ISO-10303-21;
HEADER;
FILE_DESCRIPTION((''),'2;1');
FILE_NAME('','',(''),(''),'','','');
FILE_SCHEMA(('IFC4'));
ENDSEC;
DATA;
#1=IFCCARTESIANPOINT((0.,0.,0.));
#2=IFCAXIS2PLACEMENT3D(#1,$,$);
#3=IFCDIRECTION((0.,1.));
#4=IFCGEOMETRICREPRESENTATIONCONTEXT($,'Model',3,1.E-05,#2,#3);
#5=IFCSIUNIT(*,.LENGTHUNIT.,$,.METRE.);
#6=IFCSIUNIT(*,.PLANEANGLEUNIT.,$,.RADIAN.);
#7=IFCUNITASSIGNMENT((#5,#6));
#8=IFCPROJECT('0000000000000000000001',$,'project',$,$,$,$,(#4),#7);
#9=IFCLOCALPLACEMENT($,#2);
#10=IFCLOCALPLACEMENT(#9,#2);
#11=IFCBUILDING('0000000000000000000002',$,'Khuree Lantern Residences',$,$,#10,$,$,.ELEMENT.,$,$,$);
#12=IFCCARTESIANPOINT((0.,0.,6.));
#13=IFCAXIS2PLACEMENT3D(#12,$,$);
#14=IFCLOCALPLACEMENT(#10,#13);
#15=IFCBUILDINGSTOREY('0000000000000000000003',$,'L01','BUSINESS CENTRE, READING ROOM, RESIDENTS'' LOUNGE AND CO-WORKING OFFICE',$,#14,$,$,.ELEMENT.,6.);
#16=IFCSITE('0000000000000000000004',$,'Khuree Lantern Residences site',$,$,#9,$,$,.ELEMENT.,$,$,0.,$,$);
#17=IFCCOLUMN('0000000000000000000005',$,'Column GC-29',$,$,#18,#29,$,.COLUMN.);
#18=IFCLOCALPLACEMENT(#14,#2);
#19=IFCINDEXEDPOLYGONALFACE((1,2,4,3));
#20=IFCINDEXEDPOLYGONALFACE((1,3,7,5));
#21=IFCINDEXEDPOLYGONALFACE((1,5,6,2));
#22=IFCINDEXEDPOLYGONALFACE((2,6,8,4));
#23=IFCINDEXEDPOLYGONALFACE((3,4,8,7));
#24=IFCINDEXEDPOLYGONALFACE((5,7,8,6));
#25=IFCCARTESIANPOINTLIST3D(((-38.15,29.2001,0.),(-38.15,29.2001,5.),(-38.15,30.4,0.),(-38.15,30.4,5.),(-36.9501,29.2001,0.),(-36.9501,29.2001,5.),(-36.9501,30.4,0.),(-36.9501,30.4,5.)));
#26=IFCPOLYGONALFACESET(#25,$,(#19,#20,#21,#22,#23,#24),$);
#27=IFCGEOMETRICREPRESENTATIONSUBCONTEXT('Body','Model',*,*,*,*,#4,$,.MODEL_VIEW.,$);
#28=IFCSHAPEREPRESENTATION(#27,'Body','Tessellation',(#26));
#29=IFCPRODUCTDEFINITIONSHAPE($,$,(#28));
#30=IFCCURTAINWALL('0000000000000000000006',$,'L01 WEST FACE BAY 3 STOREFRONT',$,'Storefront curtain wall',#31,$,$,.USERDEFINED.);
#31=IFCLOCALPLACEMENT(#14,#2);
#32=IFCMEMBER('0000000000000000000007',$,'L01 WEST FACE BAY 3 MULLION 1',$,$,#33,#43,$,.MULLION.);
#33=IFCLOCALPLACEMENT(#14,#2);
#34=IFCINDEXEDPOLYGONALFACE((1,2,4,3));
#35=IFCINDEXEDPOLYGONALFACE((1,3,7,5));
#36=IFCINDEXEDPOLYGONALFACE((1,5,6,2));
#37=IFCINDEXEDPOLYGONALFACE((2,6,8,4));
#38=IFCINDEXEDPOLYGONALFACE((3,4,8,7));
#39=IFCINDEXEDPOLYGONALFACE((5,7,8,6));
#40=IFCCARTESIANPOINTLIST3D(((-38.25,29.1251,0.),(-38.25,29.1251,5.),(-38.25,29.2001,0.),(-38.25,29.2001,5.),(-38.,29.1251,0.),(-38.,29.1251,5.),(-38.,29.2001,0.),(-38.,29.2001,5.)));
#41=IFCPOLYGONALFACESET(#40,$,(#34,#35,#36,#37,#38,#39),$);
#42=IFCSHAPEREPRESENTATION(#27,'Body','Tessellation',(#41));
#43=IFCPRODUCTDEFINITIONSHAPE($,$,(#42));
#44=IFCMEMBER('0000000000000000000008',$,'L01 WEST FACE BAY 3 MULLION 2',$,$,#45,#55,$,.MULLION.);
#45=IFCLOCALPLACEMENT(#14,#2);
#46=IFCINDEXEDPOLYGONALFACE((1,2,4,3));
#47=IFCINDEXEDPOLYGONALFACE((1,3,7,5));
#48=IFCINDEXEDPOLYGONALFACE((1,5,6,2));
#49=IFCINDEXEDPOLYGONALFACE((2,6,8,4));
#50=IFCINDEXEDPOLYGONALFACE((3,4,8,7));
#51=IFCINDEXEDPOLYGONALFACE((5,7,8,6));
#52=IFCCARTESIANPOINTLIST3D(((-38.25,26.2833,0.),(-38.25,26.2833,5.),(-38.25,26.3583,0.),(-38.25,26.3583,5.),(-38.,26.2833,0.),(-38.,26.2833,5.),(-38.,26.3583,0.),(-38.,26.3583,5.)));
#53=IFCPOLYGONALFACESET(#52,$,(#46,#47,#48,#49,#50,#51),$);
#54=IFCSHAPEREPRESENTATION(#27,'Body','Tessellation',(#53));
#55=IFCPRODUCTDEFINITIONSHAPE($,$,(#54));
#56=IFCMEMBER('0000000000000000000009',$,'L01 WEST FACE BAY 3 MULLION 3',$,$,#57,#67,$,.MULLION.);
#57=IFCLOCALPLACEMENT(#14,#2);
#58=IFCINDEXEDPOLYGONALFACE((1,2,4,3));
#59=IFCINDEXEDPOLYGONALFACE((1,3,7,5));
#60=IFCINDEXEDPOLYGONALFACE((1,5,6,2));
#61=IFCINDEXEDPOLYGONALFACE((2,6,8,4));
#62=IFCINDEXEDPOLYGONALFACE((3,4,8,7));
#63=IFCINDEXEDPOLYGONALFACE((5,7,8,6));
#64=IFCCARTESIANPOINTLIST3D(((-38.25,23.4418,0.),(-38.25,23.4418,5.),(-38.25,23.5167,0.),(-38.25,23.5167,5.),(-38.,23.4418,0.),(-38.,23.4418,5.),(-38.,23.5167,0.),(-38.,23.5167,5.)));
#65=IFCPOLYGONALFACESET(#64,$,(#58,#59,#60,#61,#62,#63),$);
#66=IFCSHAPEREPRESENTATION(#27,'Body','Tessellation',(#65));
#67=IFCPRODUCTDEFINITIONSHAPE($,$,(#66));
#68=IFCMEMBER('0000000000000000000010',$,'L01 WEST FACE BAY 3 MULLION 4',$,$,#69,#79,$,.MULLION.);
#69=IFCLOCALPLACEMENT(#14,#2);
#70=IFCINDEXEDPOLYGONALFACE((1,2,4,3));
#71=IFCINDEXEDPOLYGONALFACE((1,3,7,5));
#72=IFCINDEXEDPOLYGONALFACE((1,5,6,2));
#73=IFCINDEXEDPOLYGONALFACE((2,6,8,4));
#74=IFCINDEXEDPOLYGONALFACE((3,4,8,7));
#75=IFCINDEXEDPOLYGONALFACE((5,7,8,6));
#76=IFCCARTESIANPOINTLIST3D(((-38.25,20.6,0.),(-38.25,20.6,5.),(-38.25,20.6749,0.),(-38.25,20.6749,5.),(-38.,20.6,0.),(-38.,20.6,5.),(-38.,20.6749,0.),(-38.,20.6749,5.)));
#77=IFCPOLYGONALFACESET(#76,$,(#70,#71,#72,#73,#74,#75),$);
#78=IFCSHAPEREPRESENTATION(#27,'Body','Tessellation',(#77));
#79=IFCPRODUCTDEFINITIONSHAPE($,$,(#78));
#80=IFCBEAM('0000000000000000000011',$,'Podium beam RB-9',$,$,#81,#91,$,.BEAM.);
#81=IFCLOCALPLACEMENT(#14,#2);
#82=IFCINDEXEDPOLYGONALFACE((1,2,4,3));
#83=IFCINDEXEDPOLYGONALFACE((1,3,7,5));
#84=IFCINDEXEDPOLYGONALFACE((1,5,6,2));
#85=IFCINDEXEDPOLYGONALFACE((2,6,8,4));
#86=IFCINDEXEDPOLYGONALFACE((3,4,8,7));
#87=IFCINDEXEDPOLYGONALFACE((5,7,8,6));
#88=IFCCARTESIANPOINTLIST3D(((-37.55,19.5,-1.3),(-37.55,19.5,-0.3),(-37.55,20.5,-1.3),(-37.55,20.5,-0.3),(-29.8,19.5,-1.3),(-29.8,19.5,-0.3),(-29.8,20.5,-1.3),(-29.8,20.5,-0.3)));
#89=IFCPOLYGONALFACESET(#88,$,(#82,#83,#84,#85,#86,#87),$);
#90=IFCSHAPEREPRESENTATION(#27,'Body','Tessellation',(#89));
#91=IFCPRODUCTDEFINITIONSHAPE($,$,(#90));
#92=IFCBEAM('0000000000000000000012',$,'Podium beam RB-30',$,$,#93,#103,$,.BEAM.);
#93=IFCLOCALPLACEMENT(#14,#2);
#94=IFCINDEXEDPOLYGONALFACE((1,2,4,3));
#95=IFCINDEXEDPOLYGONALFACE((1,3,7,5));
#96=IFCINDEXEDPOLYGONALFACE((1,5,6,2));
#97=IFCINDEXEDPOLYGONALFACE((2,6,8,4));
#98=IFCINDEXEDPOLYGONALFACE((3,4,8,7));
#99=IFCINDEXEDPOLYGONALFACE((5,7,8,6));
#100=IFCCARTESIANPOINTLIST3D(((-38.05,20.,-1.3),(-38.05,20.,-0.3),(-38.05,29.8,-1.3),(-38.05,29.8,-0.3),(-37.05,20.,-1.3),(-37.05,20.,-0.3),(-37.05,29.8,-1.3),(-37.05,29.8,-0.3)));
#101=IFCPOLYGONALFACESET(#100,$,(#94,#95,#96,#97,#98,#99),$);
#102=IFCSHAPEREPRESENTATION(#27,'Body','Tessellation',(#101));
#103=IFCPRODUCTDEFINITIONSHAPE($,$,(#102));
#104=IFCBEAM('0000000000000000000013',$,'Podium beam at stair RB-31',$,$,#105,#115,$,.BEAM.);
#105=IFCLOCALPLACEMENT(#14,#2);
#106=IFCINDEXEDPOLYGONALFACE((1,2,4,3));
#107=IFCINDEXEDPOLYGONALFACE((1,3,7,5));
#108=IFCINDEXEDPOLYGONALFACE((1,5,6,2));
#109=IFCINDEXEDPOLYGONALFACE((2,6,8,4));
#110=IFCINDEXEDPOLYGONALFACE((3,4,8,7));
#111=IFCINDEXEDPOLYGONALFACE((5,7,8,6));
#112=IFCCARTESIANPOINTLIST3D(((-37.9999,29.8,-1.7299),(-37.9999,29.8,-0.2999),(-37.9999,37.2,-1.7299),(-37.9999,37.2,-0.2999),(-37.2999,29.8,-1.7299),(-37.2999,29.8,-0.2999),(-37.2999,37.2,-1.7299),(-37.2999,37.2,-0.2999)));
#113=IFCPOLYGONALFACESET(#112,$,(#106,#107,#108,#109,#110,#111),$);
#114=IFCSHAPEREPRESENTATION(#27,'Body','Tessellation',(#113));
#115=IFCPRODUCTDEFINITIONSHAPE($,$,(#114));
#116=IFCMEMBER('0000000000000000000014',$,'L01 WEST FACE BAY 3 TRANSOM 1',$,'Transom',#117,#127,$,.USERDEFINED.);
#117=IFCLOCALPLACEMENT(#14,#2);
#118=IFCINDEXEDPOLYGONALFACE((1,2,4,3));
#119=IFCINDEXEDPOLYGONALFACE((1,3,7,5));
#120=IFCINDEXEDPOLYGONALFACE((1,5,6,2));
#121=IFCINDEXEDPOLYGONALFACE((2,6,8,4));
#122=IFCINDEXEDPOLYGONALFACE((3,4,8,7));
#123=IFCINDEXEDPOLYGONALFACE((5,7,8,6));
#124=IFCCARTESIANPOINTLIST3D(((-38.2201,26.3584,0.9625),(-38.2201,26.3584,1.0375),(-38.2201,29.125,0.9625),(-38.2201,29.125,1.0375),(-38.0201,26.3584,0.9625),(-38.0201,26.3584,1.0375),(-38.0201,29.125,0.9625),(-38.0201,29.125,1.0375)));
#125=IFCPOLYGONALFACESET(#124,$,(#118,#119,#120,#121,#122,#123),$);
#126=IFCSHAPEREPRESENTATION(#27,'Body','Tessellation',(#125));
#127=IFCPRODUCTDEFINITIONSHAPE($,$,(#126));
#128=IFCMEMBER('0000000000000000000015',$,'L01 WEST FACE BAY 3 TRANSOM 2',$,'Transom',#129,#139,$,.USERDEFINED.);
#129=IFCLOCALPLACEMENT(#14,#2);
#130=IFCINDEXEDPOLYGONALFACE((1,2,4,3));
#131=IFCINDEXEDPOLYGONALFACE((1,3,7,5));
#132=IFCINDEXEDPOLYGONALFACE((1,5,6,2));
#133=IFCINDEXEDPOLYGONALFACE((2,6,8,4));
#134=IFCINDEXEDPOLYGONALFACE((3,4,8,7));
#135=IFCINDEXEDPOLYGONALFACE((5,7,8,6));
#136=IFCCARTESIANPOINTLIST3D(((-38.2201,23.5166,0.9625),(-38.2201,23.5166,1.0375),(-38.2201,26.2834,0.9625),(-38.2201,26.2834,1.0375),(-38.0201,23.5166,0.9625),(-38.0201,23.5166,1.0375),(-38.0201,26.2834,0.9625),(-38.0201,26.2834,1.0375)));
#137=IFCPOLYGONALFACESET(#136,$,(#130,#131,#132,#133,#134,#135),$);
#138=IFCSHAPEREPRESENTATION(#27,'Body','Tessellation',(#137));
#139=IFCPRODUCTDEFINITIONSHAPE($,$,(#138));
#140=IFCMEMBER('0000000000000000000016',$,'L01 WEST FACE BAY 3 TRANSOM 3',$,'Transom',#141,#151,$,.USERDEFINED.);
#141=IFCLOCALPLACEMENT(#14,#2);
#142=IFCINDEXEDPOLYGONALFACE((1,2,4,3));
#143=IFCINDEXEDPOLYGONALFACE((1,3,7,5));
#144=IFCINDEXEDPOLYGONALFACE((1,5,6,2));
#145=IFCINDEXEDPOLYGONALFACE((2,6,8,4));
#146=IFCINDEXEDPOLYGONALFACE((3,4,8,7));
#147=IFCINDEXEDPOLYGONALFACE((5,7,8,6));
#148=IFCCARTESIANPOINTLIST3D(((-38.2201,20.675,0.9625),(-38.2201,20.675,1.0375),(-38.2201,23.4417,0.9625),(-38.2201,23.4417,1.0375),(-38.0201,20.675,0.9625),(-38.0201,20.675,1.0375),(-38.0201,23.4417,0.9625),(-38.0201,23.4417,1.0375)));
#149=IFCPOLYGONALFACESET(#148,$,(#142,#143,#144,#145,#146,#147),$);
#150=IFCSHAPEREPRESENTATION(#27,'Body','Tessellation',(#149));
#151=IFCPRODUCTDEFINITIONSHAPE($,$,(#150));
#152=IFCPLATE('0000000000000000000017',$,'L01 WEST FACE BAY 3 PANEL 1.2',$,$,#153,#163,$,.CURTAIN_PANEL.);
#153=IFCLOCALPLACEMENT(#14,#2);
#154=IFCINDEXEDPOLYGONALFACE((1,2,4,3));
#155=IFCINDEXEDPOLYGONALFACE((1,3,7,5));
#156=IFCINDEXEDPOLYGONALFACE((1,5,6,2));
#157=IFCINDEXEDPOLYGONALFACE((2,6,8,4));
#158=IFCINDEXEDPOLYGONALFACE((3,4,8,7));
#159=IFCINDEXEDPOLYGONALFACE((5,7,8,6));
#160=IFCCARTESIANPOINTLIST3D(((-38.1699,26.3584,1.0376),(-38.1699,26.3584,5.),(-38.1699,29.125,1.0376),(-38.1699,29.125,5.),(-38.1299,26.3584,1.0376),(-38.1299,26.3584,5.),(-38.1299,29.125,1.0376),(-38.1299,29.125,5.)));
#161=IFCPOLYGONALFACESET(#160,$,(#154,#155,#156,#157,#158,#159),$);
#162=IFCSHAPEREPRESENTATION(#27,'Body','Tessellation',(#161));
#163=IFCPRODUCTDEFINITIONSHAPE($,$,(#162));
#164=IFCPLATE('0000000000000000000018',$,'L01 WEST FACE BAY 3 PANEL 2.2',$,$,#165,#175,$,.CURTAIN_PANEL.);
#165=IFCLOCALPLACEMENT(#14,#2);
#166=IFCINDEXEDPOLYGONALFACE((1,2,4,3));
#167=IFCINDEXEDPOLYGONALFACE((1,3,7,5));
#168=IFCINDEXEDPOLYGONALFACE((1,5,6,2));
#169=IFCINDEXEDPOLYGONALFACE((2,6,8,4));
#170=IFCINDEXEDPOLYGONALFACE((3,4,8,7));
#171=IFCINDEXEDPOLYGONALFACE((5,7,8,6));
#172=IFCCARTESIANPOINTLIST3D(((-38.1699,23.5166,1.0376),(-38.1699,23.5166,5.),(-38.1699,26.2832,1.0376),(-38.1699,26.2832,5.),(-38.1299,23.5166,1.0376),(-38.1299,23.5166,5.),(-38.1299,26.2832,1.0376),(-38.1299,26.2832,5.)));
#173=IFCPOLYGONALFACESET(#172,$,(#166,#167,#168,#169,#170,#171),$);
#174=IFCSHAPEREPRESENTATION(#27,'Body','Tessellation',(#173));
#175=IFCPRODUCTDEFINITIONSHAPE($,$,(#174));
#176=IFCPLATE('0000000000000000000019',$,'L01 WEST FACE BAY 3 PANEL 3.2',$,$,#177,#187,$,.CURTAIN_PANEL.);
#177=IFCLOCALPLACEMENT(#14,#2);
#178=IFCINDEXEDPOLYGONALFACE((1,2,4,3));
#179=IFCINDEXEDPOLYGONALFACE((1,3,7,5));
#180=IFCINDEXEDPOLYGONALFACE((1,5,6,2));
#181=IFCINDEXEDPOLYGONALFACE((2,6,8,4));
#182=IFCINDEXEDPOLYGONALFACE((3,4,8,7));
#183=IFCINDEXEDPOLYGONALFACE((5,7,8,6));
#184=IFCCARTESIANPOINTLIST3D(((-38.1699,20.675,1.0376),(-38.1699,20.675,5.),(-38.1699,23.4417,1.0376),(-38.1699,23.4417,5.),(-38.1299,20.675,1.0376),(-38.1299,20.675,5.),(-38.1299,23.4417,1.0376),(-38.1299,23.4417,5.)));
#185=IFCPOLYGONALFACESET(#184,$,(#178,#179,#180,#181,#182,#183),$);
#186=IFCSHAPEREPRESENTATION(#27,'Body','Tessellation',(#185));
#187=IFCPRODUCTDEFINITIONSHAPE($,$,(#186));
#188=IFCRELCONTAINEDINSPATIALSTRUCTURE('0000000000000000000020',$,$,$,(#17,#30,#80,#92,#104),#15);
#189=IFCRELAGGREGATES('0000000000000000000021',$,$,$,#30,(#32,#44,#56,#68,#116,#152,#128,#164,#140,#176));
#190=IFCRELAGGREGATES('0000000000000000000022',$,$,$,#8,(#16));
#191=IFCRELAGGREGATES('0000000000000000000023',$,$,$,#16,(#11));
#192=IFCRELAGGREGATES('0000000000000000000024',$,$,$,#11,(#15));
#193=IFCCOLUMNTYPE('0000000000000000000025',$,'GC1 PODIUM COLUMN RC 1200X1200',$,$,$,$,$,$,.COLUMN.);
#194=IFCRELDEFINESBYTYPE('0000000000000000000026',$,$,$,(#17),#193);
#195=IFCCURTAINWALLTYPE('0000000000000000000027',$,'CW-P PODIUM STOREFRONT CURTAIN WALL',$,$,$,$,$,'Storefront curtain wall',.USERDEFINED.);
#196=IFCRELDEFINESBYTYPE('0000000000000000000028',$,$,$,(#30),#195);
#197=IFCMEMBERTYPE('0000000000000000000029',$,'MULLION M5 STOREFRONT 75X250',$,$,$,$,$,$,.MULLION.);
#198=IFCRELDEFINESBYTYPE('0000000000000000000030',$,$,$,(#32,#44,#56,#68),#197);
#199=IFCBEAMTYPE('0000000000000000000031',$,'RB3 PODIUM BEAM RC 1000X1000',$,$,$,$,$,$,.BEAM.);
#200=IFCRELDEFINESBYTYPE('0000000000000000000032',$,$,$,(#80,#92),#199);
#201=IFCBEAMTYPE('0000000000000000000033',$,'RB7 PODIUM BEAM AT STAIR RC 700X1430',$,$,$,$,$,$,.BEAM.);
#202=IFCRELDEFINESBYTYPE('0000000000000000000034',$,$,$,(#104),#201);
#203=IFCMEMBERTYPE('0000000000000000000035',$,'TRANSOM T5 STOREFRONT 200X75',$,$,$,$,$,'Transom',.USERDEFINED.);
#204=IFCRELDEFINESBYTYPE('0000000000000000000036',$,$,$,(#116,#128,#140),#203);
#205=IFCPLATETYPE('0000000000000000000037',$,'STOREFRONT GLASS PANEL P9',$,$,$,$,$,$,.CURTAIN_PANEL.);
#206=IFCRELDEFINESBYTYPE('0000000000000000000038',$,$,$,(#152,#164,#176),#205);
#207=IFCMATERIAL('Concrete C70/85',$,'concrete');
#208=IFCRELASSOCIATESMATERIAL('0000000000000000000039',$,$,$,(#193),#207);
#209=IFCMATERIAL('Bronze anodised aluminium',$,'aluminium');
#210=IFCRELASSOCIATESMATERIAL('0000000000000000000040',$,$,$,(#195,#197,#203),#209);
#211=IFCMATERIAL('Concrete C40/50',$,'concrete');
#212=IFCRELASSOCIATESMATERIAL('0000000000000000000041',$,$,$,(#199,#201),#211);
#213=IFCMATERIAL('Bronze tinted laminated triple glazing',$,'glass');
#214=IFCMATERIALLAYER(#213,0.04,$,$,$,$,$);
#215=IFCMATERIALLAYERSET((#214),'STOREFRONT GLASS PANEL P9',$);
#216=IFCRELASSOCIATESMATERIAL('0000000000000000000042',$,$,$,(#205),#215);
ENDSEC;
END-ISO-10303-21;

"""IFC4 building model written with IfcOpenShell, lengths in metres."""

from ifc_helpers import new_model, si_unit, direction, frame, origin, origin_2d, place, context, subcontext, project, spatial, rectangle, extrude, material, layer, layer_set, material_profile, profile_set, type_object, element, aggregate, save


model = new_model("IFC4")

# Units and contexts
model_context = context("Model", 3, precision=1e-05, world=origin(), true_north=direction((0.0, 1.0)))
body_context = subcontext(model_context, "Body", "Model", "MODEL_VIEW")
ifc_project = project(units=[si_unit("LENGTHUNIT", "METRE"), si_unit("PLANEANGLEUNIT", "RADIAN")], contexts=[model_context])

# Site, building, storey
site_placement = place(None, origin())
site = spatial("IfcSite", under=ifc_project, at=site_placement, Name="Khuree Lantern Residences site", CompositionType="ELEMENT", RefElevation=0.0)
building_placement = place(site_placement, origin())
building = spatial("IfcBuilding", under=site, at=building_placement, Name="Khuree Lantern Residences", CompositionType="ELEMENT")
storey_placement = place(building_placement, frame((0.0, 0.0, 6.0)))
storey = spatial("IfcBuildingStorey", under=building, at=storey_placement, Name="L01", Description="BUSINESS CENTRE, READING ROOM, RESIDENTS' LOUNGE AND CO-WORKING OFFICE", CompositionType="ELEMENT", Elevation=6.0)

# Column
ifc_material_1 = material(Name="Concrete C70/85", Category="concrete")
ifc_material_profile_1 = material_profile(ifc_material_1, rectangle(XDim=1.2, YDim=1.2, at=origin_2d()), Name="RC 1200X1200")
ifc_profile_set_1 = profile_set([ifc_material_profile_1], Name="Concrete C70/85")
column_type = type_object("IfcColumnType", Name="GC1 PODIUM COLUMN RC 1200X1200", PredefinedType="COLUMN", material=ifc_profile_set_1)
column_placement = place(storey_placement, frame((-37.55, 29.8, 0.0), z_axis=(0.0, 0.0, 1.0), x_axis=(1.0, 0.0, 0.0)))
element("IfcColumn", 1, at=column_placement, inside=storey, type_object=column_type, Name="Column GC-29", PredefinedType="COLUMN", context=body_context, shape_type="SweptSolid", body=[
    extrude(rectangle(XDim=1.2, YDim=1.2, at=origin_2d()), origin(), (0.0, 0.0, 1.0), 5.0),
])

# Curtain wall, members
ifc_material_2 = material(Name="Bronze anodised aluminium", Category="aluminium")
curtain_wall_type = type_object("IfcCurtainWallType", Name="CW-P PODIUM STOREFRONT CURTAIN WALL", ElementType="Storefront curtain wall", PredefinedType="USERDEFINED", material=ifc_material_2)
curtain_wall_placement = place(storey_placement, origin())
curtain_wall = element("IfcCurtainWall", 2, at=curtain_wall_placement, inside=storey, type_object=curtain_wall_type, Name="L01 WEST FACE BAY 3 STOREFRONT", ObjectType="Storefront curtain wall", PredefinedType="USERDEFINED")
ifc_material_profile_2 = material_profile(ifc_material_2, rectangle(XDim=0.075, YDim=0.25, at=origin_2d()), Name="M5 75X250")
ifc_profile_set_2 = profile_set([ifc_material_profile_2], Name="Bronze anodised aluminium")
member_type_1 = type_object("IfcMemberType", Name="MULLION M5 STOREFRONT 75X250", PredefinedType="MULLION", material=ifc_profile_set_2)
member_1_placement = place(storey_placement, frame((-38.125, 29.1626, 0.0), z_axis=(0.0, 0.0, 1.0), x_axis=(0.0, -1.0, 0.0)))
member_1 = element("IfcMember", 3, at=member_1_placement, type_object=member_type_1, Name="L01 WEST FACE BAY 3 MULLION 1", PredefinedType="MULLION", context=body_context, shape_type="SweptSolid", body=[
    extrude(rectangle(XDim=0.075, YDim=0.25, at=origin_2d()), origin(), (0.0, 0.0, 1.0), 5.0),
])
member_2_placement = place(storey_placement, frame((-38.125, 26.3208, 0.0), z_axis=(0.0, 0.0, 1.0), x_axis=(0.0, -1.0, 0.0)))
member_2 = element("IfcMember", 4, at=member_2_placement, type_object=member_type_1, Name="L01 WEST FACE BAY 3 MULLION 2", PredefinedType="MULLION", context=body_context, shape_type="SweptSolid", body=[
    extrude(rectangle(XDim=0.075, YDim=0.25, at=origin_2d()), origin(), (0.0, 0.0, 1.0), 5.0),
])
member_3_placement = place(storey_placement, frame((-38.125, 23.4792, 0.0), z_axis=(0.0, 0.0, 1.0), x_axis=(0.0, -1.0, 0.0)))
member_3 = element("IfcMember", 5, at=member_3_placement, type_object=member_type_1, Name="L01 WEST FACE BAY 3 MULLION 3", PredefinedType="MULLION", context=body_context, shape_type="SweptSolid", body=[
    extrude(rectangle(XDim=0.075, YDim=0.25, at=origin_2d()), origin(), (0.0, 0.0, 1.0), 5.0),
])
member_4_placement = place(storey_placement, frame((-38.125, 20.6375, 0.0), z_axis=(0.0, 0.0, 1.0), x_axis=(0.0, -1.0, 0.0)))
member_4 = element("IfcMember", 6, at=member_4_placement, type_object=member_type_1, Name="L01 WEST FACE BAY 3 MULLION 4", PredefinedType="MULLION", context=body_context, shape_type="SweptSolid", body=[
    extrude(rectangle(XDim=0.075, YDim=0.25, at=origin_2d()), origin(), (0.0, 0.0, 1.0), 5.0),
])

# Beams
ifc_material_3 = material(Name="Concrete C40/50", Category="concrete")
ifc_material_profile_3 = material_profile(ifc_material_3, rectangle(XDim=1.0, YDim=1.0, at=origin_2d()), Name="RC 1000X1000")
ifc_profile_set_3 = profile_set([ifc_material_profile_3], Name="Concrete C40/50")
beam_type_1 = type_object("IfcBeamType", Name="RB3 PODIUM BEAM RC 1000X1000", PredefinedType="BEAM", material=ifc_profile_set_3)
beam_1_placement = place(storey_placement, frame((-37.55, 20.0, -0.8), z_axis=(1.0, 0.0, 0.0), x_axis=(0.0, 1.0, 0.0)))
element("IfcBeam", 7, at=beam_1_placement, inside=storey, type_object=beam_type_1, Name="Podium beam RB-9", PredefinedType="BEAM", context=body_context, shape_type="SweptSolid", body=[
    extrude(rectangle(XDim=1.0, YDim=1.0, at=origin_2d()), origin(), (0.0, 0.0, 1.0), 7.75),
])
beam_2_placement = place(storey_placement, frame((-37.55, 20.0, -0.8), z_axis=(0.0, 1.0, 0.0), x_axis=(-1.0, 0.0, 0.0)))
element("IfcBeam", 8, at=beam_2_placement, inside=storey, type_object=beam_type_1, Name="Podium beam RB-30", PredefinedType="BEAM", context=body_context, shape_type="SweptSolid", body=[
    extrude(rectangle(XDim=1.0, YDim=1.0, at=origin_2d()), origin(), (0.0, 0.0, 1.0), 9.8),
])
ifc_material_profile_4 = material_profile(ifc_material_3, rectangle(XDim=0.7, YDim=1.4299, at=origin_2d()), Name="RC 700X1430")
ifc_profile_set_4 = profile_set([ifc_material_profile_4], Name="Concrete C40/50")
beam_type_2 = type_object("IfcBeamType", Name="RB7 PODIUM BEAM AT STAIR RC 700X1430", PredefinedType="BEAM", material=ifc_profile_set_4)
beam_3_placement = place(storey_placement, frame((-37.6499, 29.8, -1.0149), z_axis=(0.0, 1.0, 0.0), x_axis=(-1.0, 0.0, 0.0)))
element("IfcBeam", 9, at=beam_3_placement, inside=storey, type_object=beam_type_2, Name="Podium beam at stair RB-31", PredefinedType="BEAM", context=body_context, shape_type="SweptSolid", body=[
    extrude(rectangle(XDim=0.7, YDim=1.4299, at=origin_2d()), origin(), (0.0, 0.0, 1.0), 7.3999),
])

# Members
ifc_material_profile_5 = material_profile(ifc_material_2, rectangle(XDim=0.2, YDim=0.075, at=origin_2d()), Name="T5 200X75")
ifc_profile_set_5 = profile_set([ifc_material_profile_5], Name="Bronze anodised aluminium")
member_type_2 = type_object("IfcMemberType", Name="TRANSOM T5 STOREFRONT 200X75", ElementType="Transom", PredefinedType="USERDEFINED", material=ifc_profile_set_5)
member_5_placement = place(storey_placement, frame((-38.1201, 29.125, 1.0), z_axis=(0.0, -1.0, 0.0), x_axis=(1.0, 0.0, 0.0)))
member_5 = element("IfcMember", 10, at=member_5_placement, type_object=member_type_2, Name="L01 WEST FACE BAY 3 TRANSOM 1", ObjectType="Transom", PredefinedType="USERDEFINED", context=body_context, shape_type="SweptSolid", body=[
    extrude(rectangle(XDim=0.2, YDim=0.075, at=origin_2d()), origin(), (0.0, 0.0, 1.0), 2.7666),
])
member_6_placement = place(storey_placement, frame((-38.1201, 26.2834, 1.0), z_axis=(0.0, -1.0, 0.0), x_axis=(1.0, 0.0, 0.0)))
member_6 = element("IfcMember", 11, at=member_6_placement, type_object=member_type_2, Name="L01 WEST FACE BAY 3 TRANSOM 2", ObjectType="Transom", PredefinedType="USERDEFINED", context=body_context, shape_type="SweptSolid", body=[
    extrude(rectangle(XDim=0.2, YDim=0.075, at=origin_2d()), origin(), (0.0, 0.0, 1.0), 2.7668),
])
member_7_placement = place(storey_placement, frame((-38.1201, 23.4417, 1.0), z_axis=(0.0, -1.0, 0.0), x_axis=(1.0, 0.0, 0.0)))
member_7 = element("IfcMember", 12, at=member_7_placement, type_object=member_type_2, Name="L01 WEST FACE BAY 3 TRANSOM 3", ObjectType="Transom", PredefinedType="USERDEFINED", context=body_context, shape_type="SweptSolid", body=[
    extrude(rectangle(XDim=0.2, YDim=0.075, at=origin_2d()), origin(), (0.0, 0.0, 1.0), 2.7666),
])

# Plates
ifc_material_4 = material(Name="Bronze tinted laminated triple glazing", Category="glass")
ifc_layer_1 = layer(ifc_material_4, 0.04)
ifc_layer_set_1 = layer_set([ifc_layer_1], Name="STOREFRONT GLASS PANEL P9")
plate_type_1 = type_object("IfcPlateType", Name="STOREFRONT GLASS PANEL P9", PredefinedType="CURTAIN_PANEL", material=ifc_layer_set_1)
plate_1_placement = place(storey_placement, frame((-38.1499, 27.7417, 1.0376), z_axis=(0.0, 0.0, 1.0), x_axis=(0.0, -1.0, 0.0)))
plate_1 = element("IfcPlate", 13, at=plate_1_placement, type_object=plate_type_1, Name="L01 WEST FACE BAY 3 PANEL 1.2", PredefinedType="CURTAIN_PANEL", context=body_context, shape_type="SweptSolid", body=[
    extrude(rectangle(XDim=2.7666, YDim=0.04, at=origin_2d()), origin(), (0.0, 0.0, 1.0), 3.9624),
])
plate_2_placement = place(storey_placement, frame((-38.1499, 24.8999, 1.0376), z_axis=(0.0, 0.0, 1.0), x_axis=(0.0, -1.0, 0.0)))
plate_2 = element("IfcPlate", 14, at=plate_2_placement, type_object=plate_type_1, Name="L01 WEST FACE BAY 3 PANEL 2.2", PredefinedType="CURTAIN_PANEL", context=body_context, shape_type="SweptSolid", body=[
    extrude(rectangle(XDim=2.7666, YDim=0.04, at=origin_2d()), origin(), (0.0, 0.0, 1.0), 3.9624),
])
plate_3_placement = place(storey_placement, frame((-38.1499, 22.0583, 1.0376), z_axis=(0.0, 0.0, 1.0), x_axis=(0.0, -1.0, 0.0)))
plate_3 = element("IfcPlate", 15, at=plate_3_placement, type_object=plate_type_1, Name="L01 WEST FACE BAY 3 PANEL 3.2", PredefinedType="CURTAIN_PANEL", context=body_context, shape_type="SweptSolid", body=[
    extrude(rectangle(XDim=2.7666, YDim=0.04, at=origin_2d()), origin(), (0.0, 0.0, 1.0), 3.9624),
])
aggregate(curtain_wall, [member_1, member_2, member_3, member_4, member_5, plate_1, member_6, plate_2, member_7, plate_3])

save(model, "model.ifc")
